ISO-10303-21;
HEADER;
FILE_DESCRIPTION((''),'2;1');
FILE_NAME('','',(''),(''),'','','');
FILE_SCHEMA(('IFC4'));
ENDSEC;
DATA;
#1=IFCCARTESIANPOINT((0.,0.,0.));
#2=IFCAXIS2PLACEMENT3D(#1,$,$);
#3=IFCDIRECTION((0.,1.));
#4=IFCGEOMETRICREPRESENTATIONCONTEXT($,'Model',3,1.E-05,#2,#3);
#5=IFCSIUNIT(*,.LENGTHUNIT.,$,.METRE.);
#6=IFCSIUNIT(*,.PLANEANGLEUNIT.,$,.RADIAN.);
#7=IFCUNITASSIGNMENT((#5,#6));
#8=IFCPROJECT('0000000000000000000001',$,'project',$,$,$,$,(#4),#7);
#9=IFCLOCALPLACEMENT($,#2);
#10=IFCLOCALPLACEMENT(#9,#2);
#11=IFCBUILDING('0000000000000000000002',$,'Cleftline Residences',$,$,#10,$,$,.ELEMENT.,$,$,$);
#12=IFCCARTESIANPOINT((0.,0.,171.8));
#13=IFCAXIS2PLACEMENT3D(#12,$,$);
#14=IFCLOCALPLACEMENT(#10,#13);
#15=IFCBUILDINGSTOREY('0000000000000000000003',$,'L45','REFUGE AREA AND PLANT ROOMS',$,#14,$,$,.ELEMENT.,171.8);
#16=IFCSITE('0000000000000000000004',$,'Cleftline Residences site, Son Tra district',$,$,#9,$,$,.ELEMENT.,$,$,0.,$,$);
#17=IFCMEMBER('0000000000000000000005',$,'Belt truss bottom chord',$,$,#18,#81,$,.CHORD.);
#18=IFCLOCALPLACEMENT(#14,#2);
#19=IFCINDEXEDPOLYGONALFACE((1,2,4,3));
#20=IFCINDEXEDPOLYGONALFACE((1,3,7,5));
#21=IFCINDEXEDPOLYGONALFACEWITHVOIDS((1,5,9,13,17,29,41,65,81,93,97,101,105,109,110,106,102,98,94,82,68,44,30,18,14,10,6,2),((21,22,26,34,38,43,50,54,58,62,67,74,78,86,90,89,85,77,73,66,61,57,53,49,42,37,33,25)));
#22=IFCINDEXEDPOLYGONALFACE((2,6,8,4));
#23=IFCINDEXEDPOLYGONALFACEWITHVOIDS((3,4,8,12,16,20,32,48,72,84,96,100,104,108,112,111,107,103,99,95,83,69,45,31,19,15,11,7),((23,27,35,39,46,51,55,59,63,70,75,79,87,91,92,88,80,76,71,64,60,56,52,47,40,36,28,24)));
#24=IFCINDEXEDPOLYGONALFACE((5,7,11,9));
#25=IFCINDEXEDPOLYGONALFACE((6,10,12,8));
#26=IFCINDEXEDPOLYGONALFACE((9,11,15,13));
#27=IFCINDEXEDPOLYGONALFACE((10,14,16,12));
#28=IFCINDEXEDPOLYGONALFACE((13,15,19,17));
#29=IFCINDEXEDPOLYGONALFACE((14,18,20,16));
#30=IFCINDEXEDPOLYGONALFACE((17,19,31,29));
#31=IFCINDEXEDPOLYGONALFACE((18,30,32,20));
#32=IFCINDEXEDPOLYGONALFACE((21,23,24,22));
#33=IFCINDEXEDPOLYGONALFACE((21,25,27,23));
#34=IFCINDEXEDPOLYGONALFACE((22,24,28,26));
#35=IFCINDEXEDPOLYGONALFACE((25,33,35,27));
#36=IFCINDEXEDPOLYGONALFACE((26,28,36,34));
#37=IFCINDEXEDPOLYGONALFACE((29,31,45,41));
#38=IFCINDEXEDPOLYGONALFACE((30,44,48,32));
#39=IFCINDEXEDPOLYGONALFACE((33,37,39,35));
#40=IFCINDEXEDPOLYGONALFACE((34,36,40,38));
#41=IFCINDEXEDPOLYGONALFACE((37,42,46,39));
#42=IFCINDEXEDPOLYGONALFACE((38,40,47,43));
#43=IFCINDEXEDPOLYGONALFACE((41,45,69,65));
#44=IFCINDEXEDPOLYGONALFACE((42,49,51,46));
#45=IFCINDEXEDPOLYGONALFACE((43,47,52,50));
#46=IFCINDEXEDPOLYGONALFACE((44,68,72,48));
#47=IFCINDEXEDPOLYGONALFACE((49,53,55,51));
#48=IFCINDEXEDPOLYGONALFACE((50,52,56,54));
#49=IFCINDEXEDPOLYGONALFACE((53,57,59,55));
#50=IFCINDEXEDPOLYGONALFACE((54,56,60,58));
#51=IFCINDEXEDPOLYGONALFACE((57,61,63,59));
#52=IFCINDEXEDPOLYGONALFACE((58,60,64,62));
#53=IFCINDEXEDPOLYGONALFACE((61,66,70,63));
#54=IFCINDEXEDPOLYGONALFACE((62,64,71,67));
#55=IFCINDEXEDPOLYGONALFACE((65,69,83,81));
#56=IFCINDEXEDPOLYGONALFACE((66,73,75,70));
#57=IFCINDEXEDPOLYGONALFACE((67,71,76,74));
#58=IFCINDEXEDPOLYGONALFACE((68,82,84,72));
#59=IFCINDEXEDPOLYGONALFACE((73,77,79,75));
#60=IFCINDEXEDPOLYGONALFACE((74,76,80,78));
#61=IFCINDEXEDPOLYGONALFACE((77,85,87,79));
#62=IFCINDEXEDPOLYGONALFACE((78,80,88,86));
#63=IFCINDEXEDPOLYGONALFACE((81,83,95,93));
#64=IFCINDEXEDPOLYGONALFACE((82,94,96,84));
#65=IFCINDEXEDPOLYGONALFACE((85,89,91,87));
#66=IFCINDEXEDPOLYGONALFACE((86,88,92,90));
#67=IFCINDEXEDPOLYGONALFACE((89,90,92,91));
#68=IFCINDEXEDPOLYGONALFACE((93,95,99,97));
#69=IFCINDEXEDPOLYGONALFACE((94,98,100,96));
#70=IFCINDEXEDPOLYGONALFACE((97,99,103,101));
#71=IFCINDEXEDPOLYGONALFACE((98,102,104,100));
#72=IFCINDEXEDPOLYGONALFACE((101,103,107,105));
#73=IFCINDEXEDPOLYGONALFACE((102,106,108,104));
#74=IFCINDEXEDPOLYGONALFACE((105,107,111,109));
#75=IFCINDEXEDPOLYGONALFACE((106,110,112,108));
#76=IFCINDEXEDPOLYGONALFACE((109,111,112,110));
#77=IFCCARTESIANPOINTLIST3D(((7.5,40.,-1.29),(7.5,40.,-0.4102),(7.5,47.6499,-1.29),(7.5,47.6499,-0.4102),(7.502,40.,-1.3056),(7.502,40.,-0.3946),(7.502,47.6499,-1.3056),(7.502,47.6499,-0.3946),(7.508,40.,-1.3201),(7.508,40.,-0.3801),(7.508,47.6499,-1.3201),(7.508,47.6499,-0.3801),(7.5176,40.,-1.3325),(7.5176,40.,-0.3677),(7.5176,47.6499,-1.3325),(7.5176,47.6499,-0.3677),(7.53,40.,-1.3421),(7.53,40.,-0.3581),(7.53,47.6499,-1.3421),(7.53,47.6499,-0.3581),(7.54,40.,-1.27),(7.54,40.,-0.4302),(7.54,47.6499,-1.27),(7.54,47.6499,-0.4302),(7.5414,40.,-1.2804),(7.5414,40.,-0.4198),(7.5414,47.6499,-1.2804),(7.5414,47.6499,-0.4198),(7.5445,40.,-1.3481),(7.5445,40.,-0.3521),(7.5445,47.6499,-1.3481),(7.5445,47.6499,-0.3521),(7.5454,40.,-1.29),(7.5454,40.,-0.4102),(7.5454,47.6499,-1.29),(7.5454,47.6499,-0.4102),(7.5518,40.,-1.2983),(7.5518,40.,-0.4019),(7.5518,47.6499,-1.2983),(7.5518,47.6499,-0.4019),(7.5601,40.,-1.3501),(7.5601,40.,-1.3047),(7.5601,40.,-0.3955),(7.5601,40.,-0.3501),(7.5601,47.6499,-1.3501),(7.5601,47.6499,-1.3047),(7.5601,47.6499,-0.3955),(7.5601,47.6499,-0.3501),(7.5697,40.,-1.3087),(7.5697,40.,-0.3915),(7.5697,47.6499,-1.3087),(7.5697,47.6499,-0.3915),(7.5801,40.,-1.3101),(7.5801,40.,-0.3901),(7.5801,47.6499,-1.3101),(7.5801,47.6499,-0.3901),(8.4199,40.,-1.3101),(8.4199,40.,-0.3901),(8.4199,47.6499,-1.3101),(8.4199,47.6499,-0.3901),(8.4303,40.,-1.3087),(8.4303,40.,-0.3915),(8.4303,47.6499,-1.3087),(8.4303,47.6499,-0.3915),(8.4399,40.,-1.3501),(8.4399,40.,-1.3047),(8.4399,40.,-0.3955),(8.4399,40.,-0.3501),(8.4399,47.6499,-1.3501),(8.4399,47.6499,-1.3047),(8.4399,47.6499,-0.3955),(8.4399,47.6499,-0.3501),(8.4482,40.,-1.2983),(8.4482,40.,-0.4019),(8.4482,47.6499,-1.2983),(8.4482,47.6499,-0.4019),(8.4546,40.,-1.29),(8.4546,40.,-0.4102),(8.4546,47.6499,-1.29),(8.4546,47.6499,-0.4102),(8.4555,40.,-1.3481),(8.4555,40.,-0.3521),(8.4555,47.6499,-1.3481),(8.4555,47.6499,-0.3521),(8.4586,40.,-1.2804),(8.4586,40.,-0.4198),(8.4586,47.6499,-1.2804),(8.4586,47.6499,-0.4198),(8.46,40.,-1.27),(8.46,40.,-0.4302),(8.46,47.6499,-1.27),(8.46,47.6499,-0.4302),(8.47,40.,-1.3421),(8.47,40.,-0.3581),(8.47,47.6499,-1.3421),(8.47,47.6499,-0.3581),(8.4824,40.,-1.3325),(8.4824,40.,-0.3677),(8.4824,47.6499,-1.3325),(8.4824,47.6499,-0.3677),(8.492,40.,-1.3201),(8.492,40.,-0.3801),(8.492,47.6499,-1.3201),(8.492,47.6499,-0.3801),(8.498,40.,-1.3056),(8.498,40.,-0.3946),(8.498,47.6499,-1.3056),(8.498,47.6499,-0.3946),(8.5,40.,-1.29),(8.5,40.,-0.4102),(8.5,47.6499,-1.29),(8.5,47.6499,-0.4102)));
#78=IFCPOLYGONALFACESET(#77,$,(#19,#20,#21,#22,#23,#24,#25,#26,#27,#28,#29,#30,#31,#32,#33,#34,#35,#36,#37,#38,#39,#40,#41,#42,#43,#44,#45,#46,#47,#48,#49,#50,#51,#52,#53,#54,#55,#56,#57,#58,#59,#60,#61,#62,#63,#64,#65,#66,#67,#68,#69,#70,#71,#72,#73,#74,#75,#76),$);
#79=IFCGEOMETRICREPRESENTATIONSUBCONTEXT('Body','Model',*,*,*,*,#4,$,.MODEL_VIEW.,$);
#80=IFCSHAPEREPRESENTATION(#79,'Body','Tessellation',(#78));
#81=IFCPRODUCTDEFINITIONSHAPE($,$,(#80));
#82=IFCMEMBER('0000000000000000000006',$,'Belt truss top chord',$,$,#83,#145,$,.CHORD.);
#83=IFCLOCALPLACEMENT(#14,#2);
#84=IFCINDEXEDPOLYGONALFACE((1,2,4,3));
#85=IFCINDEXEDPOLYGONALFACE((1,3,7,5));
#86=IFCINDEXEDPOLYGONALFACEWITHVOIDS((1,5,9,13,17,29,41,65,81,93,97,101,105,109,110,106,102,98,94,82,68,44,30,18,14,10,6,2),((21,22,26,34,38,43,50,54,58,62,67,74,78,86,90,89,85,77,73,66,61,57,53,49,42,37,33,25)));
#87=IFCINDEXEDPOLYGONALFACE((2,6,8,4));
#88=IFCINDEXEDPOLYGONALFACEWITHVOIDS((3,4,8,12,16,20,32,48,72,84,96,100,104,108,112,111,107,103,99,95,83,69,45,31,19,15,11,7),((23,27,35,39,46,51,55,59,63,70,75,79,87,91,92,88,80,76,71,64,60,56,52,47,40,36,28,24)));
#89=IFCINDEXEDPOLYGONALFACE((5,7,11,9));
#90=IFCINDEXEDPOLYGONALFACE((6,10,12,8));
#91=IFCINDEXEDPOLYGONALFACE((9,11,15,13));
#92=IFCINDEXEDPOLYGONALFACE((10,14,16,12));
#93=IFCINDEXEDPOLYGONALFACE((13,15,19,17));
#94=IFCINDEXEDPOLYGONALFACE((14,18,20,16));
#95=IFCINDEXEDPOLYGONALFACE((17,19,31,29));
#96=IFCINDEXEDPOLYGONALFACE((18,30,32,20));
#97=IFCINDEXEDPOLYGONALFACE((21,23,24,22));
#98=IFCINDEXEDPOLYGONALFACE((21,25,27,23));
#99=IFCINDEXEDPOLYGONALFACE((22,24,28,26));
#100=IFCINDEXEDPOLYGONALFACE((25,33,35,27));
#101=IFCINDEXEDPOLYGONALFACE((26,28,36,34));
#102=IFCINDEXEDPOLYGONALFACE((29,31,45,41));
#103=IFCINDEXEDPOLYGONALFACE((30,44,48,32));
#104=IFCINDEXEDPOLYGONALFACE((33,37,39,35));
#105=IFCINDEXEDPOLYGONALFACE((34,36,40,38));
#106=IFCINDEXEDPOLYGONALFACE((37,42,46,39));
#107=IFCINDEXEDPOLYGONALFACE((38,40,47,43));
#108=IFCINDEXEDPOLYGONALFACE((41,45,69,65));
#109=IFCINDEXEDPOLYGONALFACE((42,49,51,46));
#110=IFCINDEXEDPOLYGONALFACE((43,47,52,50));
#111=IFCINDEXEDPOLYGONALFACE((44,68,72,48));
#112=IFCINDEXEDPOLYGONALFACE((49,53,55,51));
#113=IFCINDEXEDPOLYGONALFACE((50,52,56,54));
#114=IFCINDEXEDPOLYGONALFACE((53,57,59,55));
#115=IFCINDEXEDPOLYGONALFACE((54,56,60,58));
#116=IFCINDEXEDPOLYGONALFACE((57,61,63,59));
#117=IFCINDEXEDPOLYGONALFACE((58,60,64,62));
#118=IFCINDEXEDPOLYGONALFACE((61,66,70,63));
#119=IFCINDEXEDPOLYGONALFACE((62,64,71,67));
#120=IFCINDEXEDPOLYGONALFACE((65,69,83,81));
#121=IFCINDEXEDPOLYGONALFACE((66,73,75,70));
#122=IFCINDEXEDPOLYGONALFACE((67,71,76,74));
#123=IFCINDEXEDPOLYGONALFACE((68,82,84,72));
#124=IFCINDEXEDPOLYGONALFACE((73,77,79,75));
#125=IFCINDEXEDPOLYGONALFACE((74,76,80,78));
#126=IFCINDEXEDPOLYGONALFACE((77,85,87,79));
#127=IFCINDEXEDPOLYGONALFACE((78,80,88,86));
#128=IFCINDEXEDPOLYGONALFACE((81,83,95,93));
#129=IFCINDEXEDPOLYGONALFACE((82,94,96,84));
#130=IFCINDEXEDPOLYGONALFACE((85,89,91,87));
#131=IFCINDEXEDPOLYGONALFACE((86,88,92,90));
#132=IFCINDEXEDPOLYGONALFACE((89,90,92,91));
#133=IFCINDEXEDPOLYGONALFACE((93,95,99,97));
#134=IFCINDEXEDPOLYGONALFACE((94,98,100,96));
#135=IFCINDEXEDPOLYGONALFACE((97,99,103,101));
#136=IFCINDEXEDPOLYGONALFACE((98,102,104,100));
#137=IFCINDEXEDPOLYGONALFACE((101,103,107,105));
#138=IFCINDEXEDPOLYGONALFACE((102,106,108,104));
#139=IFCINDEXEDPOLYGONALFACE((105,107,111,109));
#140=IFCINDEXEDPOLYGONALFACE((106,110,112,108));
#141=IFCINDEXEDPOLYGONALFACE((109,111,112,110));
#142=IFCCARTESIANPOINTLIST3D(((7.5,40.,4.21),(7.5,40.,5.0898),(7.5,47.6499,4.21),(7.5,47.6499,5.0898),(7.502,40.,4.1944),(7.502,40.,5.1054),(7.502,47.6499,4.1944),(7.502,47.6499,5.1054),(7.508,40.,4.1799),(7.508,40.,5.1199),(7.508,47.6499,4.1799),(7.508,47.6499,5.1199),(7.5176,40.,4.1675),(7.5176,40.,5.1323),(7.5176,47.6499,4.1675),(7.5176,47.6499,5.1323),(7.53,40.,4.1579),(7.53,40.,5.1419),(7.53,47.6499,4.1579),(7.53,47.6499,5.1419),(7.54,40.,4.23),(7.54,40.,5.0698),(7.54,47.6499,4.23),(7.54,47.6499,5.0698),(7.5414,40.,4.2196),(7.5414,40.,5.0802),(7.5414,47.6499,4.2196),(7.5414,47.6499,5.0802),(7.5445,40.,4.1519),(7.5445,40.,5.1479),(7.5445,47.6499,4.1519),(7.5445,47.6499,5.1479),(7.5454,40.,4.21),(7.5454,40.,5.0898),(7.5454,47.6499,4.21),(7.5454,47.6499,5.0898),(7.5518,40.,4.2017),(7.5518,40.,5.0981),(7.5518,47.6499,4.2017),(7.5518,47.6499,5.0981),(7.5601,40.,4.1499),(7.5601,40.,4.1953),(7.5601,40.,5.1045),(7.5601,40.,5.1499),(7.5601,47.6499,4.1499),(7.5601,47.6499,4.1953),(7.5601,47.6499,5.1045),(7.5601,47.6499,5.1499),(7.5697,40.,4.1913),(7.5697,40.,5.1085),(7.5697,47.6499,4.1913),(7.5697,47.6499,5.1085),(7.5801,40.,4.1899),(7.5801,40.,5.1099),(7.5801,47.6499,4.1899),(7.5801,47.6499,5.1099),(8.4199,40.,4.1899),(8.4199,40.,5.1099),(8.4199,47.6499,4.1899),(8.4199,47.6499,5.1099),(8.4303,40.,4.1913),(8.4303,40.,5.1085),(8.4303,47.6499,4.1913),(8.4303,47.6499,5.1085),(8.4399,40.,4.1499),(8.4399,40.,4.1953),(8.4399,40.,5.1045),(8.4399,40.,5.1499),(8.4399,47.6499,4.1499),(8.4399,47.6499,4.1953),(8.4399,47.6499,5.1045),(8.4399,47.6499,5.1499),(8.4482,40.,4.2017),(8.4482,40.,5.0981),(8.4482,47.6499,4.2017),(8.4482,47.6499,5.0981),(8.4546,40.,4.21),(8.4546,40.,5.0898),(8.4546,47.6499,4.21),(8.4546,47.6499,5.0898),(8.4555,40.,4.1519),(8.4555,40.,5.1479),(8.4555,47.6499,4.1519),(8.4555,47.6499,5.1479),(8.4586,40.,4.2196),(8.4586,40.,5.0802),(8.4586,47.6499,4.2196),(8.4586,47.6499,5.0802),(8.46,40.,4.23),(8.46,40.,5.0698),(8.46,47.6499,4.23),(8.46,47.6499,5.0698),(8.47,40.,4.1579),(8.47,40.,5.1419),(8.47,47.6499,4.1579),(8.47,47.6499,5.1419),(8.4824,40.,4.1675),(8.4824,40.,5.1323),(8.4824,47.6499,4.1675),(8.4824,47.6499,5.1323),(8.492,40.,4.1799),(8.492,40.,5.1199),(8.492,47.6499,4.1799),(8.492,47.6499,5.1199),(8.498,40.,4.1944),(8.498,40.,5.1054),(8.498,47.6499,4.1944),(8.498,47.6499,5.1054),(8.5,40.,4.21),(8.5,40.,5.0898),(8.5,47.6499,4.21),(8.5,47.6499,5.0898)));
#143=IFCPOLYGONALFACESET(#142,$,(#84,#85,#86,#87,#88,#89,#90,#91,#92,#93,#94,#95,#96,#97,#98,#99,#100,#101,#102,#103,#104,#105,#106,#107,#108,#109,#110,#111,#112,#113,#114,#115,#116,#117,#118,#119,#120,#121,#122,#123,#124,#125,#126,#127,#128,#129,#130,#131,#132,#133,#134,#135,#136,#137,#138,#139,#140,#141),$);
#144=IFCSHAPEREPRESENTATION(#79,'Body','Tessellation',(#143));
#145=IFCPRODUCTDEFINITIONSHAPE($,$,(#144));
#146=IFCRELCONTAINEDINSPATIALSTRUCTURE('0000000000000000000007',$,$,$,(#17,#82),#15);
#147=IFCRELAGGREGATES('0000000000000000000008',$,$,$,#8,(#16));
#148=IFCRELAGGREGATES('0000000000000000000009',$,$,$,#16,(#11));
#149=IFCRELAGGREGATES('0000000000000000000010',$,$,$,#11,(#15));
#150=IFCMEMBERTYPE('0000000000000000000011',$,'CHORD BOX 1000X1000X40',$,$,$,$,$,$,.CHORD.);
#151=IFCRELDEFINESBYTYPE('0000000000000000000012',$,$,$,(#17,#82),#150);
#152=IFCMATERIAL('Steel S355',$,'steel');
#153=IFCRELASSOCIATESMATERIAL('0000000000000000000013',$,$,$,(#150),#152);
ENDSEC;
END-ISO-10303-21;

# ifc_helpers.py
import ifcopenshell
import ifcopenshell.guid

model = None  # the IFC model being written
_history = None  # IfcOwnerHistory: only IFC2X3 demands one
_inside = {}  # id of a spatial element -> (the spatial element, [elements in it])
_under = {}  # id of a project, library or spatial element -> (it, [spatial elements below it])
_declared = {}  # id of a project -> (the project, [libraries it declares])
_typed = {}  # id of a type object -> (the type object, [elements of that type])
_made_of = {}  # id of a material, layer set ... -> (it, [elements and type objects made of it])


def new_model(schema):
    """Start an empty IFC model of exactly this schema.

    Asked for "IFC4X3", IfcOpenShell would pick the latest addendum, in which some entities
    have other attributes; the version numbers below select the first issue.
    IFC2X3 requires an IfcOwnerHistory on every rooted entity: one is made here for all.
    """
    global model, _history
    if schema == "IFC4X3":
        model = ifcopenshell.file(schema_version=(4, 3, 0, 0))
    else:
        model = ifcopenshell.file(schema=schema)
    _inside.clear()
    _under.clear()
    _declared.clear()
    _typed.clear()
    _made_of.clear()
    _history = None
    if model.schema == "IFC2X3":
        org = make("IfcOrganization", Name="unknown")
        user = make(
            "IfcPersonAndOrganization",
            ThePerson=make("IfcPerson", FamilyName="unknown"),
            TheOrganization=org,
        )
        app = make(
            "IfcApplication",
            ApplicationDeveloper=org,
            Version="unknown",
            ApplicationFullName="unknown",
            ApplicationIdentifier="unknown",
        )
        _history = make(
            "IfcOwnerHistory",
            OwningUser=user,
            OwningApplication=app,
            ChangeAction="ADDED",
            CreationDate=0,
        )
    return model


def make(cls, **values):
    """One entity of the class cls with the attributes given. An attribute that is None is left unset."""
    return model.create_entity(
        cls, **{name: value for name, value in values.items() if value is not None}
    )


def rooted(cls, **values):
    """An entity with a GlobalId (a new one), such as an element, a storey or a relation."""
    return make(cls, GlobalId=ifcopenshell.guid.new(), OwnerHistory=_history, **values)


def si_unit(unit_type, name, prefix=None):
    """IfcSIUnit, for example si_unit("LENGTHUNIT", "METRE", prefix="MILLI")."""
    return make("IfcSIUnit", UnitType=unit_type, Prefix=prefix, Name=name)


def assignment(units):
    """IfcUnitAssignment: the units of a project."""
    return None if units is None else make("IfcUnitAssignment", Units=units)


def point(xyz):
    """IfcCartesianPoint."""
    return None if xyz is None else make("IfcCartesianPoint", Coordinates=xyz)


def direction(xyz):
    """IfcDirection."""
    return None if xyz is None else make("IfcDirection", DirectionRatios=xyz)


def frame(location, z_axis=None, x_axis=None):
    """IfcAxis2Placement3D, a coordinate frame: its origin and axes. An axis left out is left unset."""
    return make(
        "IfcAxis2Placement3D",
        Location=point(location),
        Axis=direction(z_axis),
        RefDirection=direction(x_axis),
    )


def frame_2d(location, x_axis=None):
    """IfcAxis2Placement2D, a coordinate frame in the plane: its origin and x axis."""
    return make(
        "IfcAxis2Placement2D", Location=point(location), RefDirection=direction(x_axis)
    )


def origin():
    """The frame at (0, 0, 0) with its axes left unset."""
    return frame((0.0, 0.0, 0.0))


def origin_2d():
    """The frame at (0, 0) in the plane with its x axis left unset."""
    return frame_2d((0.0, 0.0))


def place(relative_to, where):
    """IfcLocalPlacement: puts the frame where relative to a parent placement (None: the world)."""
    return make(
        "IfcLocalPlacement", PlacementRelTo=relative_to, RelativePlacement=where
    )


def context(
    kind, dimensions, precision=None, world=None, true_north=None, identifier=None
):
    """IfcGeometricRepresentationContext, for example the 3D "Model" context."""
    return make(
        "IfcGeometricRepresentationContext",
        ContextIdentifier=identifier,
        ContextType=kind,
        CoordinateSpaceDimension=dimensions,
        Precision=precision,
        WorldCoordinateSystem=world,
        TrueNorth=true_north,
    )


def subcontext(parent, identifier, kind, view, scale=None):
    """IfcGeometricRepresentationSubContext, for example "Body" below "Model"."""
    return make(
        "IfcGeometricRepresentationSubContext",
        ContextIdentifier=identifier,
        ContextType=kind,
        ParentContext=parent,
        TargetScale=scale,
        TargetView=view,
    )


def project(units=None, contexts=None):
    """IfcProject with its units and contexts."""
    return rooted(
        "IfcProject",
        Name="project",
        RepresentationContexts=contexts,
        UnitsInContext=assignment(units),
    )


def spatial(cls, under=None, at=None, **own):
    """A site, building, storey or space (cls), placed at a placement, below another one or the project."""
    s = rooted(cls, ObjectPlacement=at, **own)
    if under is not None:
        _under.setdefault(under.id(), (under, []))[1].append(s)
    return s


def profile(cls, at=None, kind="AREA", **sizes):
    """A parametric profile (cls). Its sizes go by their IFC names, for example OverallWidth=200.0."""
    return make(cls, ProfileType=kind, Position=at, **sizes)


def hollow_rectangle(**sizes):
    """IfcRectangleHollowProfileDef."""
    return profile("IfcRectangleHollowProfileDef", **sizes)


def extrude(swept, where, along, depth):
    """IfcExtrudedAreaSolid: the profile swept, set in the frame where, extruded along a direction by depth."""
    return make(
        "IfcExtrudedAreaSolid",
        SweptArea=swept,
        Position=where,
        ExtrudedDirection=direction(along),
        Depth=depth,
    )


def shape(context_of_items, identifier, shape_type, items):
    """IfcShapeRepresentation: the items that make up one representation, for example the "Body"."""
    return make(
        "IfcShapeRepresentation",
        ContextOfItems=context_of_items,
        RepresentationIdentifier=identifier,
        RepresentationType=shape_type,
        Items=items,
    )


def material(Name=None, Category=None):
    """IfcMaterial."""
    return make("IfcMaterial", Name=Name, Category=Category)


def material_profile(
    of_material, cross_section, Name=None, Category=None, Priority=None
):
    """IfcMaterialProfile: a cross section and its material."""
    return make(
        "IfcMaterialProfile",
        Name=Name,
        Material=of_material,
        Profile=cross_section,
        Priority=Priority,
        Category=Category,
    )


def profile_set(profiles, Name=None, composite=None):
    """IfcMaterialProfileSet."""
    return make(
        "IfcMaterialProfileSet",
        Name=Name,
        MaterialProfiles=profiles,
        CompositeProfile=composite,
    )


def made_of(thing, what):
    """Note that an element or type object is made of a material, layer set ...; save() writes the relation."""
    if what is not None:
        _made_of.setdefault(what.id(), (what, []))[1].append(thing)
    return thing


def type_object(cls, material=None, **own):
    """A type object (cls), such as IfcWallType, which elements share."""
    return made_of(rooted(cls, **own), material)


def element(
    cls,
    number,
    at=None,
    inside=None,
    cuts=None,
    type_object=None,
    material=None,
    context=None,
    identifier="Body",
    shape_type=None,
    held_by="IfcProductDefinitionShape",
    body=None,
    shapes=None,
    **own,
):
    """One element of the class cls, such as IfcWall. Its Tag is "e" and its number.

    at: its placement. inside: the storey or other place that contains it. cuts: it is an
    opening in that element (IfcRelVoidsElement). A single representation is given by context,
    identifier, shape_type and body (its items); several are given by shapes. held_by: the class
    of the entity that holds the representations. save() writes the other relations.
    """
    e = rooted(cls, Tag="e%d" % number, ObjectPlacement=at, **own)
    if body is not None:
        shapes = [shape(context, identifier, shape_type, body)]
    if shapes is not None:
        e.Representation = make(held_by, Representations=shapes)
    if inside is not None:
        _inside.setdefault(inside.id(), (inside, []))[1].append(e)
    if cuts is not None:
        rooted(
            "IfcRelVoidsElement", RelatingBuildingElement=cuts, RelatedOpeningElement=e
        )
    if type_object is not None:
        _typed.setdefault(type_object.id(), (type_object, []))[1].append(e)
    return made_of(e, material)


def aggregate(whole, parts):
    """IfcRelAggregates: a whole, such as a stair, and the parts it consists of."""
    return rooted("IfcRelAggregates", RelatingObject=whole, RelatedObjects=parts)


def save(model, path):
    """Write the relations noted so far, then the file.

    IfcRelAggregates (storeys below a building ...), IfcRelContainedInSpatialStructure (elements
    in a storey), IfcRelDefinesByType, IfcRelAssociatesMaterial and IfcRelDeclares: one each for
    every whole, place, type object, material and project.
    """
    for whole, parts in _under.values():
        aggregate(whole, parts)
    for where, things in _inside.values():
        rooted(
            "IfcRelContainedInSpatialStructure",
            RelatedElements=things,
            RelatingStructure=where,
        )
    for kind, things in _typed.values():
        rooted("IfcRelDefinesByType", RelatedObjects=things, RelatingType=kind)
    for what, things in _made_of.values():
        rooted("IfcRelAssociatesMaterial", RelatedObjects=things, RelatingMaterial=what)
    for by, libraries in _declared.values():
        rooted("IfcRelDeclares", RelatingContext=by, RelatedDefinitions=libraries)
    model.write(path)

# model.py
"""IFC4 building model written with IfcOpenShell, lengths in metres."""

from ifc_helpers import new_model, si_unit, direction, frame, origin, origin_2d, place, context, subcontext, project, spatial, hollow_rectangle, extrude, material, material_profile, profile_set, type_object, element, save


model = new_model("IFC4")

# Units and contexts
model_context = context("Model", 3, precision=1e-05, world=origin(), true_north=direction((0.0, 1.0)))
body_context = subcontext(model_context, "Body", "Model", "MODEL_VIEW")
ifc_project = project(units=[si_unit("LENGTHUNIT", "METRE"), si_unit("PLANEANGLEUNIT", "RADIAN")], contexts=[model_context])

# Site, building, storey
site_placement = place(None, origin())
site = spatial("IfcSite", under=ifc_project, at=site_placement, Name="Cleftline Residences site, Son Tra district", CompositionType="ELEMENT", RefElevation=0.0)
building_placement = place(site_placement, origin())
building = spatial("IfcBuilding", under=site, at=building_placement, Name="Cleftline Residences", CompositionType="ELEMENT")
storey_placement = place(building_placement, frame((0.0, 0.0, 171.8)))
storey = spatial("IfcBuildingStorey", under=building, at=storey_placement, Name="L45", Description="REFUGE AREA AND PLANT ROOMS", CompositionType="ELEMENT", Elevation=171.8)

# Members
ifc_material_1 = material(Name="Steel S355", Category="steel")
ifc_material_profile_1 = material_profile(ifc_material_1, hollow_rectangle(XDim=1.0, YDim=1.0, WallThickness=0.04, InnerFilletRadius=0.04, OuterFilletRadius=0.0601, at=origin_2d()))
ifc_profile_set_1 = profile_set([ifc_material_profile_1], Name="Steel S355")
member_type_1 = type_object("IfcMemberType", Name="CHORD BOX 1000X1000X40", PredefinedType="CHORD", material=ifc_profile_set_1)
for number, where, z_axis, x_axis, name in (
    (1, (8.0, 40.0, -0.8501), (0.0, 1.0, 0.0), (-1.0, 0.0, 0.0), "Belt truss bottom chord"),
    (2, (8.0, 40.0, 4.6499), (0.0, 1.0, 0.0), (-1.0, 0.0, 0.0), "Belt truss top chord"),
):
    element("IfcMember", number, at=place(storey_placement, frame(where, z_axis=z_axis, x_axis=x_axis)), inside=storey, type_object=member_type_1, Name=name, PredefinedType="CHORD", context=body_context, shape_type="SweptSolid", body=[
        extrude(hollow_rectangle(XDim=1.0, YDim=1.0, WallThickness=0.04, InnerFilletRadius=0.04, OuterFilletRadius=0.0601, at=origin_2d()), origin(), (0.0, 0.0, 1.0), 7.6499),
    ])

save(model, "model.ifc")
